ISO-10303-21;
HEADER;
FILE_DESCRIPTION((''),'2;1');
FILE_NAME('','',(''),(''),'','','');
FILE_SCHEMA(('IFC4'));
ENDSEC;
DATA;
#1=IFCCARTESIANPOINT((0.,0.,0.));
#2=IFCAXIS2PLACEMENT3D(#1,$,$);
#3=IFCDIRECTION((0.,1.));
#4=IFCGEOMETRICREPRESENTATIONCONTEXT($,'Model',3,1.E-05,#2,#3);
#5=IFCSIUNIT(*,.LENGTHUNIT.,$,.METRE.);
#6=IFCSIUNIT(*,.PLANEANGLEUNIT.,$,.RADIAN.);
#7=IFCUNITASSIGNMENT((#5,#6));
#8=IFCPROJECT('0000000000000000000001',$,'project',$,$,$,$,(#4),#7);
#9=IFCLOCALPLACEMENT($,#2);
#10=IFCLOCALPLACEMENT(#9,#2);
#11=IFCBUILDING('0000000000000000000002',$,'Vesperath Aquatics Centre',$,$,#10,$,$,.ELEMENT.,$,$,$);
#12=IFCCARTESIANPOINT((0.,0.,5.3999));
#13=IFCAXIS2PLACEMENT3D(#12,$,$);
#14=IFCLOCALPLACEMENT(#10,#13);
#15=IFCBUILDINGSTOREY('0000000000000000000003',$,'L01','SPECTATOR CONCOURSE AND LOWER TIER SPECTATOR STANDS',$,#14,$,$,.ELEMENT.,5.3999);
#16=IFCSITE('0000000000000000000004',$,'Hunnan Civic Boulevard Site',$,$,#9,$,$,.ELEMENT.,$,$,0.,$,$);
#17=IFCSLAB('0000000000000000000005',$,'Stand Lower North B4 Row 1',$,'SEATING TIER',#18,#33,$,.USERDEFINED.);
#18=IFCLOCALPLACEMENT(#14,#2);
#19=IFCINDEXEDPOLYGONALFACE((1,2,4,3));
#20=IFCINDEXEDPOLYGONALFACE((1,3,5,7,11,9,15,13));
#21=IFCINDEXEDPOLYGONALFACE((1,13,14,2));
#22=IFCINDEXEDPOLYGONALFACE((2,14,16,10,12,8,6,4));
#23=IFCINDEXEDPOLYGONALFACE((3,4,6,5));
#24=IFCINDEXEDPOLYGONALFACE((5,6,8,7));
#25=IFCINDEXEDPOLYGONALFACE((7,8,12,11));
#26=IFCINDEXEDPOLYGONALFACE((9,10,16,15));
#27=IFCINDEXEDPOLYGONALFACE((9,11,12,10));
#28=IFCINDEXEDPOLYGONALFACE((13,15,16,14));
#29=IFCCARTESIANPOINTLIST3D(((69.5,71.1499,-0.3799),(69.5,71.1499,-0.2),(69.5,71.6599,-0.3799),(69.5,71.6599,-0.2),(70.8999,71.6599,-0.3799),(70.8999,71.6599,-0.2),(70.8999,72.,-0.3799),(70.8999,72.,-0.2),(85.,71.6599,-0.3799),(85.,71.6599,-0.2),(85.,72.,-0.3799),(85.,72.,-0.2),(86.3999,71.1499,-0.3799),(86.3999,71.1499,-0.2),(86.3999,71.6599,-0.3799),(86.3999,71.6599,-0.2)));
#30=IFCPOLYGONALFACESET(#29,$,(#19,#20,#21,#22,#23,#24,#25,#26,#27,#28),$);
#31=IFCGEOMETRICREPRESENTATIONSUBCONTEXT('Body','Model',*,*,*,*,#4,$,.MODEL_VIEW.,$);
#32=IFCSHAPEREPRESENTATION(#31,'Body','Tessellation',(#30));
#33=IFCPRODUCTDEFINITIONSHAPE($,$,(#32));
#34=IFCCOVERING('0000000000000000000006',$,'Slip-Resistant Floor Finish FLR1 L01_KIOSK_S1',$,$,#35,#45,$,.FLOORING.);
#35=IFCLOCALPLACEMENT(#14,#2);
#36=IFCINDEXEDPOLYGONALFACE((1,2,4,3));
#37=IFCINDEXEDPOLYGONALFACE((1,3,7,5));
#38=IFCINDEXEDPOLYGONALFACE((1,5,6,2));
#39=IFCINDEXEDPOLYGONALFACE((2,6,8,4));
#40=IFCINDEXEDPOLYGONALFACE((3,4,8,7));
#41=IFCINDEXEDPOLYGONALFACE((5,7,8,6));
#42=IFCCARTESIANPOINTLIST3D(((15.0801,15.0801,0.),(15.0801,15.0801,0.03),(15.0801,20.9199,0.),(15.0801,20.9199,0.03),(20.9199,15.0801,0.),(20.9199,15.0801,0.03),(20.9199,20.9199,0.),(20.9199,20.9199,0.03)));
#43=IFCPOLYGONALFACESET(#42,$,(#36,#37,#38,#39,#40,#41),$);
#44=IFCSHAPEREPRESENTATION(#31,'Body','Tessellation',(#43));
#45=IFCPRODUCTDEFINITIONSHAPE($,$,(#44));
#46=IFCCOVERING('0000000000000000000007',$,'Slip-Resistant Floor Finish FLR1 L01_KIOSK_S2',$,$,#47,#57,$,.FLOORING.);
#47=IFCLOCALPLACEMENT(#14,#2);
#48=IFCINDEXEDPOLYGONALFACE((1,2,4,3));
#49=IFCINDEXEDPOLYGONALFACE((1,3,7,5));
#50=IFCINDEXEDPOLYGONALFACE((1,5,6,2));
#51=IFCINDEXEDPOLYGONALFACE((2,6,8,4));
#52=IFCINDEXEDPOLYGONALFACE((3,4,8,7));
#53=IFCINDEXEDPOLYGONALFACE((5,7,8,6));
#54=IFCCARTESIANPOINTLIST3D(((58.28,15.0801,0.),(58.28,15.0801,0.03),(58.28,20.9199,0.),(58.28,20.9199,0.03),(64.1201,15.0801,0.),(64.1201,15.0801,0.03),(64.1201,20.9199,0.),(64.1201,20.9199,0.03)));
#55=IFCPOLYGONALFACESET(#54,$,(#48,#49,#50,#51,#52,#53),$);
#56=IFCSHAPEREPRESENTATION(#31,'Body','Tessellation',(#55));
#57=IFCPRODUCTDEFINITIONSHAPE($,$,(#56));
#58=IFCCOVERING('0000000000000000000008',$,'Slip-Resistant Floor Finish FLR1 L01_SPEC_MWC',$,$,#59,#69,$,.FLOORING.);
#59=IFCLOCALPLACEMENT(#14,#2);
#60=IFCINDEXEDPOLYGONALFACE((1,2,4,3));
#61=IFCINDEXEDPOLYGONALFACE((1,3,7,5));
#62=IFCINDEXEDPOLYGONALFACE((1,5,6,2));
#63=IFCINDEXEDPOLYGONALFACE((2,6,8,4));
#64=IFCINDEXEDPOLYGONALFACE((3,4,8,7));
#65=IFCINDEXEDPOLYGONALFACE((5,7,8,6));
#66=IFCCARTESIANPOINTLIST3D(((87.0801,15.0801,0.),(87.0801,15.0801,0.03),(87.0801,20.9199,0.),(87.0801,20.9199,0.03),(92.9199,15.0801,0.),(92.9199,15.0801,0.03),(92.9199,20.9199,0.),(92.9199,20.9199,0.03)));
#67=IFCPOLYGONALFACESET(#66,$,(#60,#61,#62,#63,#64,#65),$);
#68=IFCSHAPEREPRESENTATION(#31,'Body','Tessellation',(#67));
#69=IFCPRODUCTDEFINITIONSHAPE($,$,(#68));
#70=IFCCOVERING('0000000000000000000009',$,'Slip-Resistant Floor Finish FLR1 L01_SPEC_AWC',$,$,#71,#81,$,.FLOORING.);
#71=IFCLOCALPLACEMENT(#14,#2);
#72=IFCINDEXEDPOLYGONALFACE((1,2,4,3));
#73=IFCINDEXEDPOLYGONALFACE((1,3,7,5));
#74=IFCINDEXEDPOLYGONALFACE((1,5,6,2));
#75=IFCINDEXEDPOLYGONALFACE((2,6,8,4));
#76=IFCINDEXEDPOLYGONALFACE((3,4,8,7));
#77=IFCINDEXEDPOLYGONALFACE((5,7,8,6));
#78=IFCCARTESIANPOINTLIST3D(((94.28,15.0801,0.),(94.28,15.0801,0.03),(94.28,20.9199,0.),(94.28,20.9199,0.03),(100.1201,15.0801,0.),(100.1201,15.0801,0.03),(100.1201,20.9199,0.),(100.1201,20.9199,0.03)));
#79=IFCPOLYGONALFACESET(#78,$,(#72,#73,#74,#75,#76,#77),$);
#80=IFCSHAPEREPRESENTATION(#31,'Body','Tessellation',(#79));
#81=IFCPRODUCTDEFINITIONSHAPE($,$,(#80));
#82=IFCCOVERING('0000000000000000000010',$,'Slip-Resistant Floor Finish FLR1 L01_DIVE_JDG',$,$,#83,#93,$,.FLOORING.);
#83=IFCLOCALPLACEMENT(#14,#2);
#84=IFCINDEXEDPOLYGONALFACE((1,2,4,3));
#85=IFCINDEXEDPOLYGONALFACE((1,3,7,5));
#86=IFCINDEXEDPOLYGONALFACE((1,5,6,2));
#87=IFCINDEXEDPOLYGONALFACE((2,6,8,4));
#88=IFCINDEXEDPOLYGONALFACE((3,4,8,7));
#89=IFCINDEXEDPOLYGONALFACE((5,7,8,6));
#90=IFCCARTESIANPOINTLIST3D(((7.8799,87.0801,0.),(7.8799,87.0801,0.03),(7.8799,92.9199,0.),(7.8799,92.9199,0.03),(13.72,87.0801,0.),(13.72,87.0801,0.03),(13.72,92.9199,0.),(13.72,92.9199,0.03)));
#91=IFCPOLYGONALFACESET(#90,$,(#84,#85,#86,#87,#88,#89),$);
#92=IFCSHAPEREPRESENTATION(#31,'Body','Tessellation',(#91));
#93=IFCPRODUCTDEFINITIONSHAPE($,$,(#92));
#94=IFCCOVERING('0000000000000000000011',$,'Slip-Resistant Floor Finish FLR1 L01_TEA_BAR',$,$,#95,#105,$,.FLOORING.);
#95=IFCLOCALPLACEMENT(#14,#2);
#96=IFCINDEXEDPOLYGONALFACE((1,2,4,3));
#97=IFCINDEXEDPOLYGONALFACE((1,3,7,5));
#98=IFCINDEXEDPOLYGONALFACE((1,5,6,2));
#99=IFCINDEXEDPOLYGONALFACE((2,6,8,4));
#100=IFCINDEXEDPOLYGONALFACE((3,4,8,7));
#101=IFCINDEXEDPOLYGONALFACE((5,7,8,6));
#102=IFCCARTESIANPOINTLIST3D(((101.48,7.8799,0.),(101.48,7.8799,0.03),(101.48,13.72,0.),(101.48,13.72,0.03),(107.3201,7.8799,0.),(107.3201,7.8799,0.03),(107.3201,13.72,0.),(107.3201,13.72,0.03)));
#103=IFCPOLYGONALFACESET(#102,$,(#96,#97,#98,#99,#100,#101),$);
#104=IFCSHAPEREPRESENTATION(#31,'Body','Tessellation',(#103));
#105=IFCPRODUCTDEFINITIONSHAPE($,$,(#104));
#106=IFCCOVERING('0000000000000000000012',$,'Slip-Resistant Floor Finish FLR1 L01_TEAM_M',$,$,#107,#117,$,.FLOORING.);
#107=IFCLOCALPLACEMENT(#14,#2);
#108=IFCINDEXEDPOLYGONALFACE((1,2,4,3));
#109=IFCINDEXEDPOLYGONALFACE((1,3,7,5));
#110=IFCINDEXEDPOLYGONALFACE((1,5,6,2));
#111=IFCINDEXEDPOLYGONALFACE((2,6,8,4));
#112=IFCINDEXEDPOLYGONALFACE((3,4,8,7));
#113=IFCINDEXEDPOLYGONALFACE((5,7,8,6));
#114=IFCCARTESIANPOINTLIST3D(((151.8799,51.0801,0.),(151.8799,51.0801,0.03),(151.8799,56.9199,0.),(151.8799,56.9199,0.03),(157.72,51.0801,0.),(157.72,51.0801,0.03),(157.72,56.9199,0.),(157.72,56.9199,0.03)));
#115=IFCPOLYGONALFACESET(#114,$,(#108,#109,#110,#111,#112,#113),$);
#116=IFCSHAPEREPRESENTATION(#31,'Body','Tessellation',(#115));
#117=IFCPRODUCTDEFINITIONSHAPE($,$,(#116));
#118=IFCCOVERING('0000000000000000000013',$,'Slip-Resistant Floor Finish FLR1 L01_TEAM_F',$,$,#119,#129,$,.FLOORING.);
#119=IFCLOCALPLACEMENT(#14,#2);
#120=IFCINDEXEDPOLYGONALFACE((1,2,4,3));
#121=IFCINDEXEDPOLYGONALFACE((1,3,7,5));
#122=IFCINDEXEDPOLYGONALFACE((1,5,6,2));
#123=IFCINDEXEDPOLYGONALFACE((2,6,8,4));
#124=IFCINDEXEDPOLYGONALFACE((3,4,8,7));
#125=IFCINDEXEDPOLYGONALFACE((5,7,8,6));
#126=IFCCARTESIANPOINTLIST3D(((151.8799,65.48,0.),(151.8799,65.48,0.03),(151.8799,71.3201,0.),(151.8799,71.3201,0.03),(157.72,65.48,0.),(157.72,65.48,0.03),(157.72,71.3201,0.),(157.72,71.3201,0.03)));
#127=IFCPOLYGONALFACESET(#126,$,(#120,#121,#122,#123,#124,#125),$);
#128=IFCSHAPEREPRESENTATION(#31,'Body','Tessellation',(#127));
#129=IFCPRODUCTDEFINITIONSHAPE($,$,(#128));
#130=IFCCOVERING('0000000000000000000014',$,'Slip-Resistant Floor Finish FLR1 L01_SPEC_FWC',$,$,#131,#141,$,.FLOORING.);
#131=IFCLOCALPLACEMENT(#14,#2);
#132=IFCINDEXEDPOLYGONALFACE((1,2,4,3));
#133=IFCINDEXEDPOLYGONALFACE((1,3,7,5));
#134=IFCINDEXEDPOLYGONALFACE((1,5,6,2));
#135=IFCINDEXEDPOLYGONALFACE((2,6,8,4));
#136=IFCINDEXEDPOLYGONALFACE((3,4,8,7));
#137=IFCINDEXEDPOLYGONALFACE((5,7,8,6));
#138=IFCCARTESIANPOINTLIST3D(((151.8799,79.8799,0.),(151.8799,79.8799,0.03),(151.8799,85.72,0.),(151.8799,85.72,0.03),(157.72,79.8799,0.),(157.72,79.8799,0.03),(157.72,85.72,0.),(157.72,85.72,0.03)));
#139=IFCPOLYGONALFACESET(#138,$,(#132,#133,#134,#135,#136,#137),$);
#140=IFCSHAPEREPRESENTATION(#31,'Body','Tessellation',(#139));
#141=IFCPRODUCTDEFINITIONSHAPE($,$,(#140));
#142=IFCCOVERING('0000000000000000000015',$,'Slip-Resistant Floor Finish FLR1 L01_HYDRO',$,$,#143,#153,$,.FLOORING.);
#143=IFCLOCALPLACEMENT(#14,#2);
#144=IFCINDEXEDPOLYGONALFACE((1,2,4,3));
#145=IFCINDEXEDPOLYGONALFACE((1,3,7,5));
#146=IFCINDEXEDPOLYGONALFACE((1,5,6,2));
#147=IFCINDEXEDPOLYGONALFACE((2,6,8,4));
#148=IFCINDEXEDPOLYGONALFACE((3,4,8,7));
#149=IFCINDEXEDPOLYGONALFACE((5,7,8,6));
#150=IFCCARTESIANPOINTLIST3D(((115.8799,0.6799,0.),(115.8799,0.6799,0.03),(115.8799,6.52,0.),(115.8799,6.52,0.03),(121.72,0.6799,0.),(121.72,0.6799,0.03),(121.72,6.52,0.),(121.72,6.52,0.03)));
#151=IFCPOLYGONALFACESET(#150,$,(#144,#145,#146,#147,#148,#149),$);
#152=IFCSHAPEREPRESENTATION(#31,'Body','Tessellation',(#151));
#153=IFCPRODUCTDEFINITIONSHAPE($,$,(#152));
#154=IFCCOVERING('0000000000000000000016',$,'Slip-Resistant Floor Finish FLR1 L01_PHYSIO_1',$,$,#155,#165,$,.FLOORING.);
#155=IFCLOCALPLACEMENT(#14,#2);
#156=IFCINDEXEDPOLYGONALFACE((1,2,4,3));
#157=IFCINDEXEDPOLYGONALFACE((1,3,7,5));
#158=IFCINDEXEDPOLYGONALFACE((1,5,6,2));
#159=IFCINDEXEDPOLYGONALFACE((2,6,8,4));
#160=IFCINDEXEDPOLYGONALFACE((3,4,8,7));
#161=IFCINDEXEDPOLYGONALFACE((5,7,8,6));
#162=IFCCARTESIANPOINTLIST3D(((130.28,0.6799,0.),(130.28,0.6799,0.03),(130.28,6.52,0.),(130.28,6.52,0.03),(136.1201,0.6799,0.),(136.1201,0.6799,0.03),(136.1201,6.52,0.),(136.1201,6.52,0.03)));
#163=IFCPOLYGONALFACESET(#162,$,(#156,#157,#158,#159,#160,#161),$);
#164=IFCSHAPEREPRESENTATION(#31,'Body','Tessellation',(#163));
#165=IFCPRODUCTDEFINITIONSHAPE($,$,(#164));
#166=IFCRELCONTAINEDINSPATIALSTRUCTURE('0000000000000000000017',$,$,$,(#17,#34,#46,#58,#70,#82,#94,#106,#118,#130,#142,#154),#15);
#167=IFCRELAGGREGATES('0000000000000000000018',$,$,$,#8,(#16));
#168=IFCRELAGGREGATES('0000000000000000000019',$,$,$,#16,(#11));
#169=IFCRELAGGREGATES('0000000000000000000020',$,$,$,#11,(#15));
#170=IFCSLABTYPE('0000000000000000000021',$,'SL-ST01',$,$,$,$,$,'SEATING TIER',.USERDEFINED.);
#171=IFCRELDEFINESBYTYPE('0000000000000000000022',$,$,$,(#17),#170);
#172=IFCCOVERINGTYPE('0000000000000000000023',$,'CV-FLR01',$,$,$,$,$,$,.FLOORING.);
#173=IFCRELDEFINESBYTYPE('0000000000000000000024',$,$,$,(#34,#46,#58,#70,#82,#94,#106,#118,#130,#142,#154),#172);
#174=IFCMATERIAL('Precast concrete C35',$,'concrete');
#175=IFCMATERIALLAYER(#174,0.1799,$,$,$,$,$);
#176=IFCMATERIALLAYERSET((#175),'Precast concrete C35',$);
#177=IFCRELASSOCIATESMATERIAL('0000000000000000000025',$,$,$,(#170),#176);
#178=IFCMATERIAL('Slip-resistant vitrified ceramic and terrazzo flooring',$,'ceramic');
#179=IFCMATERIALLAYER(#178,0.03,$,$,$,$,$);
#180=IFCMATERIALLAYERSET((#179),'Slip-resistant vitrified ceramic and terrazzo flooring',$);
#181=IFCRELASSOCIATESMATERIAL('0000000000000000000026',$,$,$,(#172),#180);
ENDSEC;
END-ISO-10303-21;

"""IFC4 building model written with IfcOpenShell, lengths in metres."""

from ifc_helpers import new_model, si_unit, direction, frame, origin, place, context, subcontext, project, spatial, polyline, outline, extrude, material, layer, layer_set, type_object, element, save


model = new_model("IFC4")

# Units and contexts
model_context = context("Model", 3, precision=1e-05, world=origin(), true_north=direction((0.0, 1.0)))
body_context = subcontext(model_context, "Body", "Model", "MODEL_VIEW")
ifc_project = project(units=[si_unit("LENGTHUNIT", "METRE"), si_unit("PLANEANGLEUNIT", "RADIAN")], contexts=[model_context])

# Site, building, storey
site_placement = place(None, origin())
site = spatial("IfcSite", under=ifc_project, at=site_placement, Name="Hunnan Civic Boulevard Site", CompositionType="ELEMENT", RefElevation=0.0)
building_placement = place(site_placement, origin())
building = spatial("IfcBuilding", under=site, at=building_placement, Name="Vesperath Aquatics Centre", CompositionType="ELEMENT")
storey_placement = place(building_placement, frame((0.0, 0.0, 5.3999)))
storey = spatial("IfcBuildingStorey", under=building, at=storey_placement, Name="L01", Description="SPECTATOR CONCOURSE AND LOWER TIER SPECTATOR STANDS", CompositionType="ELEMENT", Elevation=5.3999)

# Slab
ifc_material_1 = material(Name="Precast concrete C35", Category="concrete")
ifc_layer_1 = layer(ifc_material_1, 0.1799)
ifc_layer_set_1 = layer_set([ifc_layer_1], Name="Precast concrete C35")
slab_type_1 = type_object("IfcSlabType", Name="SL-ST01", ElementType="SEATING TIER", PredefinedType="USERDEFINED", material=ifc_layer_set_1)
slab_1_placement = place(storey_placement, frame((0.0, 0.0, -0.3799)))
element("IfcSlab", 1, at=slab_1_placement, inside=storey, type_object=slab_type_1, Name="Stand Lower North B4 Row 1", ObjectType="SEATING TIER", PredefinedType="USERDEFINED", context=body_context, shape_type="SweptSolid", body=[
    extrude(outline(polyline([(69.5, 71.1499), (86.3999, 71.1499), (86.3999, 71.6599), (85.0, 71.6599), (85.0, 72.0), (70.8999, 72.0), (70.8999, 71.6599), (69.5, 71.6599), (69.5, 71.1499)])), origin(), (0.0, 0.0, 1.0), 0.1799),
])

# Coverings
ifc_material_2 = material(Name="Slip-resistant vitrified ceramic and terrazzo flooring", Category="ceramic")
ifc_layer_2 = layer(ifc_material_2, 0.03)
ifc_layer_set_2 = layer_set([ifc_layer_2], Name="Slip-resistant vitrified ceramic and terrazzo flooring")
covering_type = type_object("IfcCoveringType", Name="CV-FLR01", PredefinedType="FLOORING", material=ifc_layer_set_2)
covering_1_placement = place(storey_placement, origin())
element("IfcCovering", 2, at=covering_1_placement, inside=storey, type_object=covering_type, Name="Slip-Resistant Floor Finish FLR1 L01_KIOSK_S1", PredefinedType="FLOORING", context=body_context, shape_type="SweptSolid", body=[
    extrude(outline(polyline([(15.0801, 15.0801), (20.9199, 15.0801), (20.9199, 20.9199), (15.0801, 20.9199), (15.0801, 15.0801)])), origin(), (0.0, 0.0, 1.0), 0.03),
])
covering_2_placement = place(storey_placement, origin())
element("IfcCovering", 3, at=covering_2_placement, inside=storey, type_object=covering_type, Name="Slip-Resistant Floor Finish FLR1 L01_KIOSK_S2", PredefinedType="FLOORING", context=body_context, shape_type="SweptSolid", body=[
    extrude(outline(polyline([(58.28, 15.0801), (64.1201, 15.0801), (64.1201, 20.9199), (58.28, 20.9199), (58.28, 15.0801)])), origin(), (0.0, 0.0, 1.0), 0.03),
])
covering_3_placement = place(storey_placement, origin())
element("IfcCovering", 4, at=covering_3_placement, inside=storey, type_object=covering_type, Name="Slip-Resistant Floor Finish FLR1 L01_SPEC_MWC", PredefinedType="FLOORING", context=body_context, shape_type="SweptSolid", body=[
    extrude(outline(polyline([(87.0801, 15.0801), (92.9199, 15.0801), (92.9199, 20.9199), (87.0801, 20.9199), (87.0801, 15.0801)])), origin(), (0.0, 0.0, 1.0), 0.03),
])
covering_4_placement = place(storey_placement, origin())
element("IfcCovering", 5, at=covering_4_placement, inside=storey, type_object=covering_type, Name="Slip-Resistant Floor Finish FLR1 L01_SPEC_AWC", PredefinedType="FLOORING", context=body_context, shape_type="SweptSolid", body=[
    extrude(outline(polyline([(94.28, 15.0801), (100.1201, 15.0801), (100.1201, 20.9199), (94.28, 20.9199), (94.28, 15.0801)])), origin(), (0.0, 0.0, 1.0), 0.03),
])
covering_5_placement = place(storey_placement, origin())
element("IfcCovering", 6, at=covering_5_placement, inside=storey, type_object=covering_type, Name="Slip-Resistant Floor Finish FLR1 L01_DIVE_JDG", PredefinedType="FLOORING", context=body_context, shape_type="SweptSolid", body=[
    extrude(outline(polyline([(7.8799, 87.0801), (13.72, 87.0801), (13.72, 92.9199), (7.8799, 92.9199), (7.8799, 87.0801)])), origin(), (0.0, 0.0, 1.0), 0.03),
])
covering_6_placement = place(storey_placement, origin())
element("IfcCovering", 7, at=covering_6_placement, inside=storey, type_object=covering_type, Name="Slip-Resistant Floor Finish FLR1 L01_TEA_BAR", PredefinedType="FLOORING", context=body_context, shape_type="SweptSolid", body=[
    extrude(outline(polyline([(101.48, 7.8799), (107.3201, 7.8799), (107.3201, 13.72), (101.48, 13.72), (101.48, 7.8799)])), origin(), (0.0, 0.0, 1.0), 0.03),
])
covering_7_placement = place(storey_placement, origin())
element("IfcCovering", 8, at=covering_7_placement, inside=storey, type_object=covering_type, Name="Slip-Resistant Floor Finish FLR1 L01_TEAM_M", PredefinedType="FLOORING", context=body_context, shape_type="SweptSolid", body=[
    extrude(outline(polyline([(151.8799, 51.0801), (157.72, 51.0801), (157.72, 56.9199), (151.8799, 56.9199), (151.8799, 51.0801)])), origin(), (0.0, 0.0, 1.0), 0.03),
])
covering_8_placement = place(storey_placement, origin())
element("IfcCovering", 9, at=covering_8_placement, inside=storey, type_object=covering_type, Name="Slip-Resistant Floor Finish FLR1 L01_TEAM_F", PredefinedType="FLOORING", context=body_context, shape_type="SweptSolid", body=[
    extrude(outline(polyline([(151.8799, 65.48), (157.72, 65.48), (157.72, 71.3201), (151.8799, 71.3201), (151.8799, 65.48)])), origin(), (0.0, 0.0, 1.0), 0.03),
])
covering_9_placement = place(storey_placement, origin())
element("IfcCovering", 10, at=covering_9_placement, inside=storey, type_object=covering_type, Name="Slip-Resistant Floor Finish FLR1 L01_SPEC_FWC", PredefinedType="FLOORING", context=body_context, shape_type="SweptSolid", body=[
    extrude(outline(polyline([(151.8799, 79.8799), (157.72, 79.8799), (157.72, 85.72), (151.8799, 85.72), (151.8799, 79.8799)])), origin(), (0.0, 0.0, 1.0), 0.03),
])
covering_10_placement = place(storey_placement, origin())
element("IfcCovering", 11, at=covering_10_placement, inside=storey, type_object=covering_type, Name="Slip-Resistant Floor Finish FLR1 L01_HYDRO", PredefinedType="FLOORING", context=body_context, shape_type="SweptSolid", body=[
    extrude(outline(polyline([(115.8799, 0.6799), (121.72, 0.6799), (121.72, 6.52), (115.8799, 6.52), (115.8799, 0.6799)])), origin(), (0.0, 0.0, 1.0), 0.03),
])
covering_11_placement = place(storey_placement, origin())
element("IfcCovering", 12, at=covering_11_placement, inside=storey, type_object=covering_type, Name="Slip-Resistant Floor Finish FLR1 L01_PHYSIO_1", PredefinedType="FLOORING", context=body_context, shape_type="SweptSolid", body=[
    extrude(outline(polyline([(130.28, 0.6799), (136.1201, 0.6799), (136.1201, 6.52), (130.28, 6.52), (130.28, 0.6799)])), origin(), (0.0, 0.0, 1.0), 0.03),
])

save(model, "model.ifc")
